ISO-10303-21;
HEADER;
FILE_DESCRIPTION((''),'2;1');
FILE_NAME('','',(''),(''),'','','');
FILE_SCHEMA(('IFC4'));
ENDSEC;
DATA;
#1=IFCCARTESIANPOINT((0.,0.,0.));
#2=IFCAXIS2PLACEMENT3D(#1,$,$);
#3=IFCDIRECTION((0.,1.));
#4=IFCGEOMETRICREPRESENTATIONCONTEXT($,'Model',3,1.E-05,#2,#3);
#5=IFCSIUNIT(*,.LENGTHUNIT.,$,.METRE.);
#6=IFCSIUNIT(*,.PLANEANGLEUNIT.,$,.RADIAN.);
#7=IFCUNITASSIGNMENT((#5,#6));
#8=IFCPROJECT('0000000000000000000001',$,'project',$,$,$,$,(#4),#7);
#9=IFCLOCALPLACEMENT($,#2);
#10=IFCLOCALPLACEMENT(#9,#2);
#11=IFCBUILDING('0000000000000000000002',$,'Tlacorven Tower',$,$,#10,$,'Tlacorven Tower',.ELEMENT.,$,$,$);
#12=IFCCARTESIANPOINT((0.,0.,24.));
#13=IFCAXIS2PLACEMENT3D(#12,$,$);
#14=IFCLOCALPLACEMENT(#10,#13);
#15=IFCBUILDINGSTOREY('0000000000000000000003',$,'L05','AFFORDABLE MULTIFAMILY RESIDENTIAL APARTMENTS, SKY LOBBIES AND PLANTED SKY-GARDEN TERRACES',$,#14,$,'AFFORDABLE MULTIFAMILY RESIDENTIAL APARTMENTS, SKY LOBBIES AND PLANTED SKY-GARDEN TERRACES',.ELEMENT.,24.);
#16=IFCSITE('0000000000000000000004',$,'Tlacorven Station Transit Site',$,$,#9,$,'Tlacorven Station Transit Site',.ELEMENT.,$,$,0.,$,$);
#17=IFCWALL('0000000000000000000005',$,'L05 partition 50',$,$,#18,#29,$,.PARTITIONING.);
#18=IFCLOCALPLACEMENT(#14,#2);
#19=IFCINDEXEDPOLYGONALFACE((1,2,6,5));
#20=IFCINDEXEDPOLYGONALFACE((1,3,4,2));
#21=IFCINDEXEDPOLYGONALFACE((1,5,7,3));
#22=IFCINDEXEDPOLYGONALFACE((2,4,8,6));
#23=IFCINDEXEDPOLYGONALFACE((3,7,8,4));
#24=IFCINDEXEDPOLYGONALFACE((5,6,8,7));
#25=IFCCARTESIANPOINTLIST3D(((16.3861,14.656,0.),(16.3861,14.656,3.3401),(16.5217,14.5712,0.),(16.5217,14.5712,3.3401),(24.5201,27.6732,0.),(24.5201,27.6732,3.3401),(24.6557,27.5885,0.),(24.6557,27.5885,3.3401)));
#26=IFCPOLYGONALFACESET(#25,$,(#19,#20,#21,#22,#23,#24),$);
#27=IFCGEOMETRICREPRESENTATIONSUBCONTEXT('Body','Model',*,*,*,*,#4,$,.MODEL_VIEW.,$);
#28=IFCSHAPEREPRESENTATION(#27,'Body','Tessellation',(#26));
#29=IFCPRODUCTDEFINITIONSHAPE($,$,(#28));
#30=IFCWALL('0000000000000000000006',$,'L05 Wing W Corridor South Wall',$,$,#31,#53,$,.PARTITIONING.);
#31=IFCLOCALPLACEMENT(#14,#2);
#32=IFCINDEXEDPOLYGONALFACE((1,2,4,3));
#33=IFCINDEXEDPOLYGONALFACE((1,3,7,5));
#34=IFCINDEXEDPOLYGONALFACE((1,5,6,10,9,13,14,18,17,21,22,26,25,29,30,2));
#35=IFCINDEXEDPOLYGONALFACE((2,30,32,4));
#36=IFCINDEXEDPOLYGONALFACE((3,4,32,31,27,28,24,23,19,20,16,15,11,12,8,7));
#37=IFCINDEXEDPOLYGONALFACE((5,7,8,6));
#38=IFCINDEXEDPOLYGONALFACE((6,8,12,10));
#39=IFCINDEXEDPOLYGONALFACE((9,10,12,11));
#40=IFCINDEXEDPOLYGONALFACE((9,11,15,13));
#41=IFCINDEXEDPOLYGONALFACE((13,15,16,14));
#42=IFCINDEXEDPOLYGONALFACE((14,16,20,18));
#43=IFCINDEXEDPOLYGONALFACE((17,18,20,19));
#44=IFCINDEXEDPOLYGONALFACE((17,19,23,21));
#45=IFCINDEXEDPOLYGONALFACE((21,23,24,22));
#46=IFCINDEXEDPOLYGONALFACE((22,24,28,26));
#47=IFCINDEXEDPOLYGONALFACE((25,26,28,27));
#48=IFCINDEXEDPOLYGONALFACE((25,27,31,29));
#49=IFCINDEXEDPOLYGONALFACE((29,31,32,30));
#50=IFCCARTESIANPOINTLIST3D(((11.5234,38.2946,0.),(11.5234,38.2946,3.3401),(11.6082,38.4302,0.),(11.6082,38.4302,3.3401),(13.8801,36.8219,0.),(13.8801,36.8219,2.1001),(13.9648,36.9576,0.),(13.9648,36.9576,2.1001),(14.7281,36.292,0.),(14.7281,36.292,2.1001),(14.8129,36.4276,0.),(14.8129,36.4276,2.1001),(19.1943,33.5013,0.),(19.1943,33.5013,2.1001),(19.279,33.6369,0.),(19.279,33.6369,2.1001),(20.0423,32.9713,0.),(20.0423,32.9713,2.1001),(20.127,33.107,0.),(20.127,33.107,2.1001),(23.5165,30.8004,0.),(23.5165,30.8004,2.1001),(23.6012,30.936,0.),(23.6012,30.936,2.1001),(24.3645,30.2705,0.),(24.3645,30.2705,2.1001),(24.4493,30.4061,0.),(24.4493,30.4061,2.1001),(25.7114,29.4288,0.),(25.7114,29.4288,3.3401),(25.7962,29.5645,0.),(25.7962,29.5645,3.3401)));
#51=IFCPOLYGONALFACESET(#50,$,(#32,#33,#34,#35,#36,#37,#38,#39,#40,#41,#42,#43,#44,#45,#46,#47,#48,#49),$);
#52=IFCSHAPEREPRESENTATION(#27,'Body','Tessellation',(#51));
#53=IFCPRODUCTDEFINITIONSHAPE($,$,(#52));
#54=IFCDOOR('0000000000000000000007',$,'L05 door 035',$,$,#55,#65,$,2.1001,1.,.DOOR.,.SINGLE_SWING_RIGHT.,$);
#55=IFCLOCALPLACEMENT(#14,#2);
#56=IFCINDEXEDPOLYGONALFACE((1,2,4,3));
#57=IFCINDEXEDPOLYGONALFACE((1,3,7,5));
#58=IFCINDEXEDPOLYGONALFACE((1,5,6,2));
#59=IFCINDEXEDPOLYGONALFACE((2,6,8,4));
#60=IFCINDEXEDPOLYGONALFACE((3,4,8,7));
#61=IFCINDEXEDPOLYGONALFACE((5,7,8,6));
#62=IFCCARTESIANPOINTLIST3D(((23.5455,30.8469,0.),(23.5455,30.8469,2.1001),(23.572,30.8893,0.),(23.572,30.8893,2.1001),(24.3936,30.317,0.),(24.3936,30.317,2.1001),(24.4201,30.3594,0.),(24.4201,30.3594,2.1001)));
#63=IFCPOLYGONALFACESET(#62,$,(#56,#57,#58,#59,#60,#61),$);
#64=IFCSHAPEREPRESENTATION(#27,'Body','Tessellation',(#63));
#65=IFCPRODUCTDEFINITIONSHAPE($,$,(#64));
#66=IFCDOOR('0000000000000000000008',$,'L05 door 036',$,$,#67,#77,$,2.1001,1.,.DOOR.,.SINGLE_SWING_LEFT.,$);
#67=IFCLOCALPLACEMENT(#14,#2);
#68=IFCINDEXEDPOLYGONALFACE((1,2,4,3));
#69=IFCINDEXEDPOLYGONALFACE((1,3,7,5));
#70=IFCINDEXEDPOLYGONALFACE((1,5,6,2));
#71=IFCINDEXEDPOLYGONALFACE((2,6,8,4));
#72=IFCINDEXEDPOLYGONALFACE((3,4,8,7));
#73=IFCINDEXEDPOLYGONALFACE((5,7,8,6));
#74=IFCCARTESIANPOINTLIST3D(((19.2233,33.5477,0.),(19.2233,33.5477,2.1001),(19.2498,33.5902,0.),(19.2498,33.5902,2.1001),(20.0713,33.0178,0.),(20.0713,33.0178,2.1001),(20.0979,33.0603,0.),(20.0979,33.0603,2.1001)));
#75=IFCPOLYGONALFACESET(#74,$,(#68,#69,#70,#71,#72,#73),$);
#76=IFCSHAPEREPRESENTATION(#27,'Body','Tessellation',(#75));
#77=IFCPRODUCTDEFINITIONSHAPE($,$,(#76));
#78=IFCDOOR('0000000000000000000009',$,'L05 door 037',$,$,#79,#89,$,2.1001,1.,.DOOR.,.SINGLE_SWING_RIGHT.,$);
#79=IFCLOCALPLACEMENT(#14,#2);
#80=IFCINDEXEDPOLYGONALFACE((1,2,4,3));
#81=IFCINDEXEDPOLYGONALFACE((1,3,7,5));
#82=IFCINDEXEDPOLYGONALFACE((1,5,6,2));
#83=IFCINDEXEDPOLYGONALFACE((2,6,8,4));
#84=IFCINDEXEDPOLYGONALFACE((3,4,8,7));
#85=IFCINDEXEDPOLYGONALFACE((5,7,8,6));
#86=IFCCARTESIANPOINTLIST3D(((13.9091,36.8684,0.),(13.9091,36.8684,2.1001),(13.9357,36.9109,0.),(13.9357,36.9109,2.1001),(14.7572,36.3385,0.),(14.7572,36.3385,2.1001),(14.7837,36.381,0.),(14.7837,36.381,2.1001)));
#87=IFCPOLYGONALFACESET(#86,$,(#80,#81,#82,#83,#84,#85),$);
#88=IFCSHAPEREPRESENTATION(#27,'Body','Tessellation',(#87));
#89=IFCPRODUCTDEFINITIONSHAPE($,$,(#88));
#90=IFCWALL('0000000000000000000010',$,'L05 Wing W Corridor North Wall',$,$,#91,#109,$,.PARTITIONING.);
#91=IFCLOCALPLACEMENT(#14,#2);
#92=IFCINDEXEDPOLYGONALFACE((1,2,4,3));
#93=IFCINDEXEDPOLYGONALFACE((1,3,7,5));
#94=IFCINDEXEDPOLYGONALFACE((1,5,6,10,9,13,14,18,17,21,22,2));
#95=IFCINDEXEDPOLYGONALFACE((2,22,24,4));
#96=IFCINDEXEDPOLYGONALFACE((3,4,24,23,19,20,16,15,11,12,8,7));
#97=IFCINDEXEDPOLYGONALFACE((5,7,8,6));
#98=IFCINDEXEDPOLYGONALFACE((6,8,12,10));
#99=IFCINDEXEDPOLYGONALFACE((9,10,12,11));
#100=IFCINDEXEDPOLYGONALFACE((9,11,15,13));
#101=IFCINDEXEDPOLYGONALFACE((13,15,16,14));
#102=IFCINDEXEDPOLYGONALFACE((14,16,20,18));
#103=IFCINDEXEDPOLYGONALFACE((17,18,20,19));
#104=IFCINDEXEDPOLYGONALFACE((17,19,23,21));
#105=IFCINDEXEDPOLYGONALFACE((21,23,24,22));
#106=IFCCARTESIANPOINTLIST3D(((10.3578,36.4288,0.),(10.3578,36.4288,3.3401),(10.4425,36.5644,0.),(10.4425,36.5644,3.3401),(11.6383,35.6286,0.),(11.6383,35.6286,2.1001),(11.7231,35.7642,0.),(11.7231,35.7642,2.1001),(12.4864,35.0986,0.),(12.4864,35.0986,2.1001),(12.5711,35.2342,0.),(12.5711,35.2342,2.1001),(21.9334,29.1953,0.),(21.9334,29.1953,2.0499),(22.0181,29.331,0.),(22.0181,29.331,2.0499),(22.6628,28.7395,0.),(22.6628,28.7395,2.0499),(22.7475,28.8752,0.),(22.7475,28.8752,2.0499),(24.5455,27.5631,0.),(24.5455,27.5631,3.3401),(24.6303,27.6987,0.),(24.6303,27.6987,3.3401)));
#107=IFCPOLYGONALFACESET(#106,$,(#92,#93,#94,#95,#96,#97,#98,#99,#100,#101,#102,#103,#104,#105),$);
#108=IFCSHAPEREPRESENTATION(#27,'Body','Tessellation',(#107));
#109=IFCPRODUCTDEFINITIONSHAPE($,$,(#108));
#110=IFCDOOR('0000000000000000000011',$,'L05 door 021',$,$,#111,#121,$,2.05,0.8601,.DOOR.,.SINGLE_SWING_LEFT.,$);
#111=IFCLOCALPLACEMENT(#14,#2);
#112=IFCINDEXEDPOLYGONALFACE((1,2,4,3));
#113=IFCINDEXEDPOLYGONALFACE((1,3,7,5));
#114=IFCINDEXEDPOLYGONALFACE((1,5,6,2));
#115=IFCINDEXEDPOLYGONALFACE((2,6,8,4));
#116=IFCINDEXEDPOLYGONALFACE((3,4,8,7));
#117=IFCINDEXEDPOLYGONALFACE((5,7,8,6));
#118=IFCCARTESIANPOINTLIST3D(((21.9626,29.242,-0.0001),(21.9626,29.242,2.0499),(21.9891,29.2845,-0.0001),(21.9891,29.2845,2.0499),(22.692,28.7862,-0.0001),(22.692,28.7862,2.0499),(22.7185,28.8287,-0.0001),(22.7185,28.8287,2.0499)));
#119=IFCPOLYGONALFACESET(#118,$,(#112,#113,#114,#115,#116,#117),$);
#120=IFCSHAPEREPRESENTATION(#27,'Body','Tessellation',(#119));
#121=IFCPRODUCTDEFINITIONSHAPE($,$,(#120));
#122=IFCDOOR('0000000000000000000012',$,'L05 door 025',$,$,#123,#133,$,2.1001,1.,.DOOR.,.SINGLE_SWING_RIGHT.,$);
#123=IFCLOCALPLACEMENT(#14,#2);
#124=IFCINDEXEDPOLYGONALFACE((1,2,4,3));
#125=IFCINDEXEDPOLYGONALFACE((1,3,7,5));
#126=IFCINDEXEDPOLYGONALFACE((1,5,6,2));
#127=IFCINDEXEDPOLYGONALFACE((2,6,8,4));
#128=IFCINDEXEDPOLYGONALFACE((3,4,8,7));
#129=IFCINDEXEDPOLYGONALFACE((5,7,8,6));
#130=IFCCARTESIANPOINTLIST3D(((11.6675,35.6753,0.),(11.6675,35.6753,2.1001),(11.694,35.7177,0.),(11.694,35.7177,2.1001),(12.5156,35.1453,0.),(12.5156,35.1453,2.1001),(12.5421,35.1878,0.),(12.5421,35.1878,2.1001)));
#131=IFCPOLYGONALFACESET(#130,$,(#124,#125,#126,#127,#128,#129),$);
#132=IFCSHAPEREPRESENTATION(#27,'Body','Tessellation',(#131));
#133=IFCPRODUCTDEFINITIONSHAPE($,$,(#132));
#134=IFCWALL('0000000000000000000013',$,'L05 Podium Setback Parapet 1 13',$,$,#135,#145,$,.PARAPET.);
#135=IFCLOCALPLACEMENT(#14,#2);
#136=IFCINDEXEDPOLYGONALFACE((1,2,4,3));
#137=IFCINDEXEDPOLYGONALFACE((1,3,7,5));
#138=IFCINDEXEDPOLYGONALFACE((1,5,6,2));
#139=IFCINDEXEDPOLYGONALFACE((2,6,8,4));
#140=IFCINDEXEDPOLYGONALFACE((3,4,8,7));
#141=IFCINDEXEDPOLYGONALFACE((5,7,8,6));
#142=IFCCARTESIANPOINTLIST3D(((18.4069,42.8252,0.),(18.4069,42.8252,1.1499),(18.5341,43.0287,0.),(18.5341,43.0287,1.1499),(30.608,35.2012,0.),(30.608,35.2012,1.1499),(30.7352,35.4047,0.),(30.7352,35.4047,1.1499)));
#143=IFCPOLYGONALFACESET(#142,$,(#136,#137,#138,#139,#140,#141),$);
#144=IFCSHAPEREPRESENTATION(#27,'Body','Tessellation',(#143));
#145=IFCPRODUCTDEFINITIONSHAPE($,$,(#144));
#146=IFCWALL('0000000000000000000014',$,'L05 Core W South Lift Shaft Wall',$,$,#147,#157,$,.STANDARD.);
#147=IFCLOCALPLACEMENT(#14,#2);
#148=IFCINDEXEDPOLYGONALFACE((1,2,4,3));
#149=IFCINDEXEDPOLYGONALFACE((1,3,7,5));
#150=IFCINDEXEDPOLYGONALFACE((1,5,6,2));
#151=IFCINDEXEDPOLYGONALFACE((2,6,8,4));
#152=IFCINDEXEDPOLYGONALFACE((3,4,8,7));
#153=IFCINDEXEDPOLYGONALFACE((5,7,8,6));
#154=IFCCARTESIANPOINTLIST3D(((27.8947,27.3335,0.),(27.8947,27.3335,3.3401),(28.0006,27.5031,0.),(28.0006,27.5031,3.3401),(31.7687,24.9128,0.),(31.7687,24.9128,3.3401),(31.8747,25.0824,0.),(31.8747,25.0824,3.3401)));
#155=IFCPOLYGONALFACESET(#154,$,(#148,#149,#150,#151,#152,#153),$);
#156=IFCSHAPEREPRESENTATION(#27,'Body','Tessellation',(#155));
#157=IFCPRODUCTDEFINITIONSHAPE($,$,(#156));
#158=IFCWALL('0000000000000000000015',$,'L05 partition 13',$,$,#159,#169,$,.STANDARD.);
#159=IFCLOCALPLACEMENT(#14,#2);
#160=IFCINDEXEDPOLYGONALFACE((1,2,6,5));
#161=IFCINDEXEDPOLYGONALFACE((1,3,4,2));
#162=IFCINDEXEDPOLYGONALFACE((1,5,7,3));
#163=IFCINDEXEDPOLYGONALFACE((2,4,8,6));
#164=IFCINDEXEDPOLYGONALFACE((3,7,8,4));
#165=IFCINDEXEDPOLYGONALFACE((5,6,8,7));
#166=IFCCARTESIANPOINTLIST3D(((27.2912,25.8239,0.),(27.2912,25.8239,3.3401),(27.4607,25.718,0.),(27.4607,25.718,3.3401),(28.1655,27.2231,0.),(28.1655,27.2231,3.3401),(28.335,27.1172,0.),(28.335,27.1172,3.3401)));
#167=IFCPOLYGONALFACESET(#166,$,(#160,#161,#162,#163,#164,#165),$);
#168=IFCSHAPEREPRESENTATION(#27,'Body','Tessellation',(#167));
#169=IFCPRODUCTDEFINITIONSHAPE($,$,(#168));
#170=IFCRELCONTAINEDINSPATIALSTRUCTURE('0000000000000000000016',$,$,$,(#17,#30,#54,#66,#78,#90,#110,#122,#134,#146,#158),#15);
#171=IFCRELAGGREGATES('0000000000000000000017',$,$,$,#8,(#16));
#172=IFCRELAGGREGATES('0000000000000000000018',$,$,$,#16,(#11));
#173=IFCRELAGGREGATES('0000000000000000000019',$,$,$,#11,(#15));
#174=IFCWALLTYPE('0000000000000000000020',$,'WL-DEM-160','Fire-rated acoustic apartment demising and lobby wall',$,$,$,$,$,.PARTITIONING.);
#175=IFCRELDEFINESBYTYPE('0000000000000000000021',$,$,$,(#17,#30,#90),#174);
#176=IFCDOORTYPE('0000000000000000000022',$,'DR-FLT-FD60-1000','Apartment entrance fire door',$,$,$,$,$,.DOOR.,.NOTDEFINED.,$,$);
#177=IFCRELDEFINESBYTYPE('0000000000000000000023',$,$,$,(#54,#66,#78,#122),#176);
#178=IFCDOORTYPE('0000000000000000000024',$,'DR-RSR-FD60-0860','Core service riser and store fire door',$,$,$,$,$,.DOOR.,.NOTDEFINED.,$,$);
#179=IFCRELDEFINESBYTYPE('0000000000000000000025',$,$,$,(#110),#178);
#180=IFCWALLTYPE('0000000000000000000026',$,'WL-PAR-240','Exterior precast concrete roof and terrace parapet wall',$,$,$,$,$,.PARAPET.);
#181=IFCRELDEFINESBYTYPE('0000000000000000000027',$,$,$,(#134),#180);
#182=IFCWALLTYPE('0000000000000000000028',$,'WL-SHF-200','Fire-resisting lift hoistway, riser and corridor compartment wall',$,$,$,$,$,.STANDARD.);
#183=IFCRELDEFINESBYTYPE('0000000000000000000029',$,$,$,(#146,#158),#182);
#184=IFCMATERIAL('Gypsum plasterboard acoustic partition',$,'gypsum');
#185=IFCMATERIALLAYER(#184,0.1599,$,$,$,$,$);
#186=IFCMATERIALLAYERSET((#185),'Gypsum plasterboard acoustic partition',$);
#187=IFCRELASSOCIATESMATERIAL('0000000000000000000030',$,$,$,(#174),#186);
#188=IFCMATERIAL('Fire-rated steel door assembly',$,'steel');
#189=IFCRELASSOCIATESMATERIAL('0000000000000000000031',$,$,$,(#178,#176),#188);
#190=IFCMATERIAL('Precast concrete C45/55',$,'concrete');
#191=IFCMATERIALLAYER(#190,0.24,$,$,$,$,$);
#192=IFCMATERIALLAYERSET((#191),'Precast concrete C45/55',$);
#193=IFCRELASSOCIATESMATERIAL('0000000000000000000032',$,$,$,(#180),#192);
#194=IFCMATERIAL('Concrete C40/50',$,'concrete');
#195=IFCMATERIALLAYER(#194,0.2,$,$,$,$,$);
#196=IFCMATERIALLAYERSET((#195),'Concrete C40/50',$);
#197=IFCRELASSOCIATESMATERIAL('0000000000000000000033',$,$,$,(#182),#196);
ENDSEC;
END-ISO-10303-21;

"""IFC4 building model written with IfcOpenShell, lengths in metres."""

from ifc_helpers import new_model, si_unit, direction, frame, frame_2d, origin, place, context, subcontext, project, spatial, rectangle, extrude, source, transform, mapped, material, layer, layer_set, type_object, element, fill, save


model = new_model("IFC4")

# Units and contexts
model_context = context("Model", 3, precision=1e-05, world=origin(), true_north=direction((0.0, 1.0)))
body_context = subcontext(model_context, "Body", "Model", "MODEL_VIEW")
ifc_project = project(units=[si_unit("LENGTHUNIT", "METRE"), si_unit("PLANEANGLEUNIT", "RADIAN")], contexts=[model_context])

# Site, building, storey
site_placement = place(None, origin())
site = spatial("IfcSite", under=ifc_project, at=site_placement, Name="Tlacorven Station Transit Site", LongName="Tlacorven Station Transit Site", CompositionType="ELEMENT", RefElevation=0.0)
building_placement = place(site_placement, origin())
building = spatial("IfcBuilding", under=site, at=building_placement, Name="Tlacorven Tower", LongName="Tlacorven Tower", CompositionType="ELEMENT")
storey_placement = place(building_placement, frame((0.0, 0.0, 24.0)))
storey = spatial("IfcBuildingStorey", under=building, at=storey_placement, Name="L05", Description="AFFORDABLE MULTIFAMILY RESIDENTIAL APARTMENTS, SKY LOBBIES AND PLANTED SKY-GARDEN TERRACES", LongName="AFFORDABLE MULTIFAMILY RESIDENTIAL APARTMENTS, SKY LOBBIES AND PLANTED SKY-GARDEN TERRACES", CompositionType="ELEMENT", Elevation=24.0)

# Shared definitions
ifc_material_1 = material(Name="Gypsum plasterboard acoustic partition", Category="gypsum")
ifc_layer_1 = layer(ifc_material_1, 0.1599)
ifc_layer_set_1 = layer_set([ifc_layer_1], Name="Gypsum plasterboard acoustic partition")
wall_type_1 = type_object("IfcWallType", Name="WL-DEM-160", Description="Fire-rated acoustic apartment demising and lobby wall", PredefinedType="PARTITIONING", material=ifc_layer_set_1)
ifc_material_2 = material(Name="Fire-rated steel door assembly", Category="steel")
door_type_1 = type_object("IfcDoorType", Name="DR-RSR-FD60-0860", Description="Core service riser and store fire door", OperationType="NOTDEFINED", PredefinedType="DOOR", material=ifc_material_2)
shared_shape_1 = source(origin(), body_context, "Body", "SweptSolid", [
    extrude(rectangle(XDim=0.8601, YDim=2.05, at=frame_2d((0.4302, 1.0249))), frame((0.0, 0.0249, 0.0), z_axis=(0.0, -1.0, 0.0), x_axis=(1.0, 0.0, 0.0)), (0.0, 0.0, 1.0), 0.05),
])

# Wall
wall_1_placement = place(storey_placement, frame((24.5879, 27.6309, 0.0), z_axis=(0.0, 0.0, 1.0), x_axis=(-0.529915, -0.848051, 0.0)))
element("IfcWall", 1, at=wall_1_placement, inside=storey, type_object=wall_type_1, Name="L05 partition 50", PredefinedType="PARTITIONING", context=body_context, shape_type="SweptSolid", body=[
    extrude(rectangle(XDim=15.3496, YDim=0.1599, at=frame_2d((7.6748, 0.0))), origin(), (0.0, 0.0, 1.0), 3.3401),
])

# Walls, openings, doors
wall_2_placement = place(storey_placement, frame((25.7539, 29.4966, 0.0), z_axis=(0.0, 0.0, 1.0), x_axis=(-0.848046, 0.529923, 0.0)))
wall_2 = element("IfcWall", 2, at=wall_2_placement, inside=storey, type_object=wall_type_1, Name="L05 Wing W Corridor South Wall", PredefinedType="PARTITIONING", context=body_context, shape_type="SweptSolid", body=[
    extrude(rectangle(XDim=16.7302, YDim=0.1599, at=frame_2d((8.3652, 0.0))), origin(), (0.0, 0.0, 1.0), 3.3401),
])
opening_1_placement = place(wall_2_placement, frame((1.5884, 0.0, 0.0)))
opening_1 = element("IfcOpeningElement", 3, at=opening_1_placement, cuts=wall_2, PredefinedType="OPENING", context=body_context, shape_type="SweptSolid", body=[
    extrude(rectangle(XDim=1.0, YDim=2.1001, at=frame_2d((0.5, 1.05))), frame((0.0, 0.0898, 0.0), z_axis=(0.0, -1.0, 0.0), x_axis=(1.0, 0.0, 0.0)), (0.0, 0.0, 1.0), 0.1799),
])
opening_2_placement = place(wall_2_placement, frame((6.6851, 0.0, 0.0)))
opening_2 = element("IfcOpeningElement", 4, at=opening_2_placement, cuts=wall_2, PredefinedType="OPENING", context=body_context, shape_type="SweptSolid", body=[
    extrude(rectangle(XDim=1.0, YDim=2.1001, at=frame_2d((0.5, 1.05))), frame((0.0, 0.0898, 0.0), z_axis=(0.0, -1.0, 0.0), x_axis=(1.0, 0.0, 0.0)), (0.0, 0.0, 1.0), 0.1799),
])
opening_3_placement = place(wall_2_placement, frame((12.9514, 0.0, 0.0)))
opening_3 = element("IfcOpeningElement", 5, at=opening_3_placement, cuts=wall_2, PredefinedType="OPENING", context=body_context, shape_type="SweptSolid", body=[
    extrude(rectangle(XDim=1.0, YDim=2.1001, at=frame_2d((0.5, 1.05))), frame((0.0, 0.0898, 0.0), z_axis=(0.0, -1.0, 0.0), x_axis=(1.0, 0.0, 0.0)), (0.0, 0.0, 1.0), 0.1799),
])
door_type_2 = type_object("IfcDoorType", Name="DR-FLT-FD60-1000", Description="Apartment entrance fire door", OperationType="NOTDEFINED", PredefinedType="DOOR", material=ifc_material_2)
shared_shape_2 = source(origin(), body_context, "Body", "SweptSolid", [
    extrude(rectangle(XDim=1.0, YDim=2.1001, at=frame_2d((0.5, 1.05))), frame((0.0, 0.0249, 0.0), z_axis=(0.0, -1.0, 0.0), x_axis=(1.0, 0.0, 0.0)), (0.0, 0.0, 1.0), 0.05),
])
door_1_placement = place(opening_1_placement, frame((1.0, 0.0, 0.0), z_axis=(0.0, 0.0, 1.0), x_axis=(-1.0, 0.0, 0.0)))
door_1 = element("IfcDoor", 6, at=door_1_placement, inside=storey, type_object=door_type_2, Name="L05 door 035", OperationType="SINGLE_SWING_RIGHT", OverallHeight=2.1001, OverallWidth=1.0, PredefinedType="DOOR", context=body_context, shape_type="MappedRepresentation", body=[
    mapped(shared_shape_2, transform((0.0, 0.0, 0.0), scale=1.0)),
])
fill(opening_1, door_1)
door_2_placement = place(opening_2_placement, frame((1.0, 0.0, 0.0), z_axis=(0.0, 0.0, 1.0), x_axis=(-1.0, 0.0, 0.0)))
door_2 = element("IfcDoor", 7, at=door_2_placement, inside=storey, type_object=door_type_2, Name="L05 door 036", OperationType="SINGLE_SWING_LEFT", OverallHeight=2.1001, OverallWidth=1.0, PredefinedType="DOOR", context=body_context, shape_type="MappedRepresentation", body=[
    mapped(shared_shape_2, transform((0.0, 0.0, 0.0), scale=1.0)),
])
fill(opening_2, door_2)
door_3_placement = place(opening_3_placement, frame((1.0, 0.0, 0.0), z_axis=(0.0, 0.0, 1.0), x_axis=(-1.0, 0.0, 0.0)))
door_3 = element("IfcDoor", 8, at=door_3_placement, inside=storey, type_object=door_type_2, Name="L05 door 037", OperationType="SINGLE_SWING_RIGHT", OverallHeight=2.1001, OverallWidth=1.0, PredefinedType="DOOR", context=body_context, shape_type="MappedRepresentation", body=[
    mapped(shared_shape_2, transform((0.0, 0.0, 0.0), scale=1.0)),
])
fill(opening_3, door_3)
wall_3_placement = place(storey_placement, frame((24.5879, 27.6309, 0.0), z_axis=(0.0, 0.0, 1.0), x_axis=(-0.848042, 0.529929, 0.0)))
wall_3 = element("IfcWall", 9, at=wall_3_placement, inside=storey, type_object=wall_type_1, Name="L05 Wing W Corridor North Wall", PredefinedType="PARTITIONING", context=body_context, shape_type="SweptSolid", body=[
    extrude(rectangle(XDim=16.73, YDim=0.1599, at=frame_2d((8.365, 0.0))), origin(), (0.0, 0.0, 1.0), 3.3401),
])
opening_4_placement = place(wall_3_placement, frame((2.22, 0.0, 0.0)))
opening_4 = element("IfcOpeningElement", 10, at=opening_4_placement, cuts=wall_3, PredefinedType="OPENING", context=body_context, shape_type="SweptSolid", body=[
    extrude(rectangle(XDim=0.8601, YDim=2.05, at=frame_2d((0.4302, 1.0249))), frame((0.0, 0.0898, 0.0), z_axis=(0.0, -1.0, 0.0), x_axis=(1.0, 0.0, 0.0)), (0.0, 0.0, 1.0), 0.1799),
])
opening_5_placement = place(wall_3_placement, frame((14.22, 0.0, 0.0)))
opening_5 = element("IfcOpeningElement", 11, at=opening_5_placement, cuts=wall_3, PredefinedType="OPENING", context=body_context, shape_type="SweptSolid", body=[
    extrude(rectangle(XDim=1.0, YDim=2.1001, at=frame_2d((0.5, 1.05))), frame((0.0, 0.0898, 0.0), z_axis=(0.0, -1.0, 0.0), x_axis=(1.0, 0.0, 0.0)), (0.0, 0.0, 1.0), 0.1799),
])
door_4_placement = place(opening_4_placement, origin())
door_4 = element("IfcDoor", 12, at=door_4_placement, inside=storey, type_object=door_type_1, Name="L05 door 021", OperationType="SINGLE_SWING_LEFT", OverallHeight=2.05, OverallWidth=0.8601, PredefinedType="DOOR", context=body_context, shape_type="MappedRepresentation", body=[
    mapped(shared_shape_1, transform((0.0, 0.0, 0.0), scale=1.0)),
])
fill(opening_4, door_4)
door_5_placement = place(opening_5_placement, origin())
door_5 = element("IfcDoor", 13, at=door_5_placement, inside=storey, type_object=door_type_2, Name="L05 door 025", OperationType="SINGLE_SWING_RIGHT", OverallHeight=2.1001, OverallWidth=1.0, PredefinedType="DOOR", context=body_context, shape_type="MappedRepresentation", body=[
    mapped(shared_shape_2, transform((0.0, 0.0, 0.0), scale=1.0)),
])
fill(opening_5, door_5)

# Walls
ifc_material_3 = material(Name="Precast concrete C45/55", Category="concrete")
ifc_layer_2 = layer(ifc_material_3, 0.24)
ifc_layer_set_2 = layer_set([ifc_layer_2], Name="Precast concrete C45/55")
wall_type_2 = type_object("IfcWallType", Name="WL-PAR-240", Description="Exterior precast concrete roof and terrace parapet wall", PredefinedType="PARAPET", material=ifc_layer_set_2)
wall_4_placement = place(storey_placement, frame((30.6716, 35.303, 0.0), z_axis=(0.0, 0.0, 1.0), x_axis=(-0.848052, 0.529914, 0.0)))
element("IfcWall", 14, at=wall_4_placement, inside=storey, type_object=wall_type_2, Name="L05 Podium Setback Parapet 1 13", PredefinedType="PARAPET", context=body_context, shape_type="SweptSolid", body=[
    extrude(rectangle(XDim=14.3872, YDim=0.24, at=frame_2d((7.1936, 0.0))), origin(), (0.0, 0.0, 1.0), 1.1499),
])
ifc_material_4 = material(Name="Concrete C40/50", Category="concrete")
ifc_layer_3 = layer(ifc_material_4, 0.2)
ifc_layer_set_3 = layer_set([ifc_layer_3], Name="Concrete C40/50")
wall_type_3 = type_object("IfcWallType", Name="WL-SHF-200", Description="Fire-resisting lift hoistway, riser and corridor compartment wall", PredefinedType="STANDARD", material=ifc_layer_set_3)
wall_5_placement = place(storey_placement, frame((31.8218, 24.9976, 0.0), z_axis=(0.0, 0.0, 1.0), x_axis=(-0.848058, 0.529903, 0.0)))
element("IfcWall", 15, at=wall_5_placement, inside=storey, type_object=wall_type_3, Name="L05 Core W South Lift Shaft Wall", PredefinedType="STANDARD", context=body_context, shape_type="SweptSolid", body=[
    extrude(rectangle(XDim=4.5681, YDim=0.2, at=frame_2d((2.2842, 0.0))), origin(), (0.0, 0.0, 1.0), 3.3401),
])
wall_6_placement = place(storey_placement, frame((28.2502, 27.1702, 0.0), z_axis=(0.0, 0.0, 1.0), x_axis=(-0.529906, -0.848056, 0.0)))
element("IfcWall", 16, at=wall_6_placement, inside=storey, type_object=wall_type_3, Name="L05 partition 13", PredefinedType="STANDARD", context=body_context, shape_type="SweptSolid", body=[
    extrude(rectangle(XDim=1.6499, YDim=0.2, at=frame_2d((0.825, 0.0))), origin(), (0.0, 0.0, 1.0), 3.3401),
])

save(model, "model.ifc")
